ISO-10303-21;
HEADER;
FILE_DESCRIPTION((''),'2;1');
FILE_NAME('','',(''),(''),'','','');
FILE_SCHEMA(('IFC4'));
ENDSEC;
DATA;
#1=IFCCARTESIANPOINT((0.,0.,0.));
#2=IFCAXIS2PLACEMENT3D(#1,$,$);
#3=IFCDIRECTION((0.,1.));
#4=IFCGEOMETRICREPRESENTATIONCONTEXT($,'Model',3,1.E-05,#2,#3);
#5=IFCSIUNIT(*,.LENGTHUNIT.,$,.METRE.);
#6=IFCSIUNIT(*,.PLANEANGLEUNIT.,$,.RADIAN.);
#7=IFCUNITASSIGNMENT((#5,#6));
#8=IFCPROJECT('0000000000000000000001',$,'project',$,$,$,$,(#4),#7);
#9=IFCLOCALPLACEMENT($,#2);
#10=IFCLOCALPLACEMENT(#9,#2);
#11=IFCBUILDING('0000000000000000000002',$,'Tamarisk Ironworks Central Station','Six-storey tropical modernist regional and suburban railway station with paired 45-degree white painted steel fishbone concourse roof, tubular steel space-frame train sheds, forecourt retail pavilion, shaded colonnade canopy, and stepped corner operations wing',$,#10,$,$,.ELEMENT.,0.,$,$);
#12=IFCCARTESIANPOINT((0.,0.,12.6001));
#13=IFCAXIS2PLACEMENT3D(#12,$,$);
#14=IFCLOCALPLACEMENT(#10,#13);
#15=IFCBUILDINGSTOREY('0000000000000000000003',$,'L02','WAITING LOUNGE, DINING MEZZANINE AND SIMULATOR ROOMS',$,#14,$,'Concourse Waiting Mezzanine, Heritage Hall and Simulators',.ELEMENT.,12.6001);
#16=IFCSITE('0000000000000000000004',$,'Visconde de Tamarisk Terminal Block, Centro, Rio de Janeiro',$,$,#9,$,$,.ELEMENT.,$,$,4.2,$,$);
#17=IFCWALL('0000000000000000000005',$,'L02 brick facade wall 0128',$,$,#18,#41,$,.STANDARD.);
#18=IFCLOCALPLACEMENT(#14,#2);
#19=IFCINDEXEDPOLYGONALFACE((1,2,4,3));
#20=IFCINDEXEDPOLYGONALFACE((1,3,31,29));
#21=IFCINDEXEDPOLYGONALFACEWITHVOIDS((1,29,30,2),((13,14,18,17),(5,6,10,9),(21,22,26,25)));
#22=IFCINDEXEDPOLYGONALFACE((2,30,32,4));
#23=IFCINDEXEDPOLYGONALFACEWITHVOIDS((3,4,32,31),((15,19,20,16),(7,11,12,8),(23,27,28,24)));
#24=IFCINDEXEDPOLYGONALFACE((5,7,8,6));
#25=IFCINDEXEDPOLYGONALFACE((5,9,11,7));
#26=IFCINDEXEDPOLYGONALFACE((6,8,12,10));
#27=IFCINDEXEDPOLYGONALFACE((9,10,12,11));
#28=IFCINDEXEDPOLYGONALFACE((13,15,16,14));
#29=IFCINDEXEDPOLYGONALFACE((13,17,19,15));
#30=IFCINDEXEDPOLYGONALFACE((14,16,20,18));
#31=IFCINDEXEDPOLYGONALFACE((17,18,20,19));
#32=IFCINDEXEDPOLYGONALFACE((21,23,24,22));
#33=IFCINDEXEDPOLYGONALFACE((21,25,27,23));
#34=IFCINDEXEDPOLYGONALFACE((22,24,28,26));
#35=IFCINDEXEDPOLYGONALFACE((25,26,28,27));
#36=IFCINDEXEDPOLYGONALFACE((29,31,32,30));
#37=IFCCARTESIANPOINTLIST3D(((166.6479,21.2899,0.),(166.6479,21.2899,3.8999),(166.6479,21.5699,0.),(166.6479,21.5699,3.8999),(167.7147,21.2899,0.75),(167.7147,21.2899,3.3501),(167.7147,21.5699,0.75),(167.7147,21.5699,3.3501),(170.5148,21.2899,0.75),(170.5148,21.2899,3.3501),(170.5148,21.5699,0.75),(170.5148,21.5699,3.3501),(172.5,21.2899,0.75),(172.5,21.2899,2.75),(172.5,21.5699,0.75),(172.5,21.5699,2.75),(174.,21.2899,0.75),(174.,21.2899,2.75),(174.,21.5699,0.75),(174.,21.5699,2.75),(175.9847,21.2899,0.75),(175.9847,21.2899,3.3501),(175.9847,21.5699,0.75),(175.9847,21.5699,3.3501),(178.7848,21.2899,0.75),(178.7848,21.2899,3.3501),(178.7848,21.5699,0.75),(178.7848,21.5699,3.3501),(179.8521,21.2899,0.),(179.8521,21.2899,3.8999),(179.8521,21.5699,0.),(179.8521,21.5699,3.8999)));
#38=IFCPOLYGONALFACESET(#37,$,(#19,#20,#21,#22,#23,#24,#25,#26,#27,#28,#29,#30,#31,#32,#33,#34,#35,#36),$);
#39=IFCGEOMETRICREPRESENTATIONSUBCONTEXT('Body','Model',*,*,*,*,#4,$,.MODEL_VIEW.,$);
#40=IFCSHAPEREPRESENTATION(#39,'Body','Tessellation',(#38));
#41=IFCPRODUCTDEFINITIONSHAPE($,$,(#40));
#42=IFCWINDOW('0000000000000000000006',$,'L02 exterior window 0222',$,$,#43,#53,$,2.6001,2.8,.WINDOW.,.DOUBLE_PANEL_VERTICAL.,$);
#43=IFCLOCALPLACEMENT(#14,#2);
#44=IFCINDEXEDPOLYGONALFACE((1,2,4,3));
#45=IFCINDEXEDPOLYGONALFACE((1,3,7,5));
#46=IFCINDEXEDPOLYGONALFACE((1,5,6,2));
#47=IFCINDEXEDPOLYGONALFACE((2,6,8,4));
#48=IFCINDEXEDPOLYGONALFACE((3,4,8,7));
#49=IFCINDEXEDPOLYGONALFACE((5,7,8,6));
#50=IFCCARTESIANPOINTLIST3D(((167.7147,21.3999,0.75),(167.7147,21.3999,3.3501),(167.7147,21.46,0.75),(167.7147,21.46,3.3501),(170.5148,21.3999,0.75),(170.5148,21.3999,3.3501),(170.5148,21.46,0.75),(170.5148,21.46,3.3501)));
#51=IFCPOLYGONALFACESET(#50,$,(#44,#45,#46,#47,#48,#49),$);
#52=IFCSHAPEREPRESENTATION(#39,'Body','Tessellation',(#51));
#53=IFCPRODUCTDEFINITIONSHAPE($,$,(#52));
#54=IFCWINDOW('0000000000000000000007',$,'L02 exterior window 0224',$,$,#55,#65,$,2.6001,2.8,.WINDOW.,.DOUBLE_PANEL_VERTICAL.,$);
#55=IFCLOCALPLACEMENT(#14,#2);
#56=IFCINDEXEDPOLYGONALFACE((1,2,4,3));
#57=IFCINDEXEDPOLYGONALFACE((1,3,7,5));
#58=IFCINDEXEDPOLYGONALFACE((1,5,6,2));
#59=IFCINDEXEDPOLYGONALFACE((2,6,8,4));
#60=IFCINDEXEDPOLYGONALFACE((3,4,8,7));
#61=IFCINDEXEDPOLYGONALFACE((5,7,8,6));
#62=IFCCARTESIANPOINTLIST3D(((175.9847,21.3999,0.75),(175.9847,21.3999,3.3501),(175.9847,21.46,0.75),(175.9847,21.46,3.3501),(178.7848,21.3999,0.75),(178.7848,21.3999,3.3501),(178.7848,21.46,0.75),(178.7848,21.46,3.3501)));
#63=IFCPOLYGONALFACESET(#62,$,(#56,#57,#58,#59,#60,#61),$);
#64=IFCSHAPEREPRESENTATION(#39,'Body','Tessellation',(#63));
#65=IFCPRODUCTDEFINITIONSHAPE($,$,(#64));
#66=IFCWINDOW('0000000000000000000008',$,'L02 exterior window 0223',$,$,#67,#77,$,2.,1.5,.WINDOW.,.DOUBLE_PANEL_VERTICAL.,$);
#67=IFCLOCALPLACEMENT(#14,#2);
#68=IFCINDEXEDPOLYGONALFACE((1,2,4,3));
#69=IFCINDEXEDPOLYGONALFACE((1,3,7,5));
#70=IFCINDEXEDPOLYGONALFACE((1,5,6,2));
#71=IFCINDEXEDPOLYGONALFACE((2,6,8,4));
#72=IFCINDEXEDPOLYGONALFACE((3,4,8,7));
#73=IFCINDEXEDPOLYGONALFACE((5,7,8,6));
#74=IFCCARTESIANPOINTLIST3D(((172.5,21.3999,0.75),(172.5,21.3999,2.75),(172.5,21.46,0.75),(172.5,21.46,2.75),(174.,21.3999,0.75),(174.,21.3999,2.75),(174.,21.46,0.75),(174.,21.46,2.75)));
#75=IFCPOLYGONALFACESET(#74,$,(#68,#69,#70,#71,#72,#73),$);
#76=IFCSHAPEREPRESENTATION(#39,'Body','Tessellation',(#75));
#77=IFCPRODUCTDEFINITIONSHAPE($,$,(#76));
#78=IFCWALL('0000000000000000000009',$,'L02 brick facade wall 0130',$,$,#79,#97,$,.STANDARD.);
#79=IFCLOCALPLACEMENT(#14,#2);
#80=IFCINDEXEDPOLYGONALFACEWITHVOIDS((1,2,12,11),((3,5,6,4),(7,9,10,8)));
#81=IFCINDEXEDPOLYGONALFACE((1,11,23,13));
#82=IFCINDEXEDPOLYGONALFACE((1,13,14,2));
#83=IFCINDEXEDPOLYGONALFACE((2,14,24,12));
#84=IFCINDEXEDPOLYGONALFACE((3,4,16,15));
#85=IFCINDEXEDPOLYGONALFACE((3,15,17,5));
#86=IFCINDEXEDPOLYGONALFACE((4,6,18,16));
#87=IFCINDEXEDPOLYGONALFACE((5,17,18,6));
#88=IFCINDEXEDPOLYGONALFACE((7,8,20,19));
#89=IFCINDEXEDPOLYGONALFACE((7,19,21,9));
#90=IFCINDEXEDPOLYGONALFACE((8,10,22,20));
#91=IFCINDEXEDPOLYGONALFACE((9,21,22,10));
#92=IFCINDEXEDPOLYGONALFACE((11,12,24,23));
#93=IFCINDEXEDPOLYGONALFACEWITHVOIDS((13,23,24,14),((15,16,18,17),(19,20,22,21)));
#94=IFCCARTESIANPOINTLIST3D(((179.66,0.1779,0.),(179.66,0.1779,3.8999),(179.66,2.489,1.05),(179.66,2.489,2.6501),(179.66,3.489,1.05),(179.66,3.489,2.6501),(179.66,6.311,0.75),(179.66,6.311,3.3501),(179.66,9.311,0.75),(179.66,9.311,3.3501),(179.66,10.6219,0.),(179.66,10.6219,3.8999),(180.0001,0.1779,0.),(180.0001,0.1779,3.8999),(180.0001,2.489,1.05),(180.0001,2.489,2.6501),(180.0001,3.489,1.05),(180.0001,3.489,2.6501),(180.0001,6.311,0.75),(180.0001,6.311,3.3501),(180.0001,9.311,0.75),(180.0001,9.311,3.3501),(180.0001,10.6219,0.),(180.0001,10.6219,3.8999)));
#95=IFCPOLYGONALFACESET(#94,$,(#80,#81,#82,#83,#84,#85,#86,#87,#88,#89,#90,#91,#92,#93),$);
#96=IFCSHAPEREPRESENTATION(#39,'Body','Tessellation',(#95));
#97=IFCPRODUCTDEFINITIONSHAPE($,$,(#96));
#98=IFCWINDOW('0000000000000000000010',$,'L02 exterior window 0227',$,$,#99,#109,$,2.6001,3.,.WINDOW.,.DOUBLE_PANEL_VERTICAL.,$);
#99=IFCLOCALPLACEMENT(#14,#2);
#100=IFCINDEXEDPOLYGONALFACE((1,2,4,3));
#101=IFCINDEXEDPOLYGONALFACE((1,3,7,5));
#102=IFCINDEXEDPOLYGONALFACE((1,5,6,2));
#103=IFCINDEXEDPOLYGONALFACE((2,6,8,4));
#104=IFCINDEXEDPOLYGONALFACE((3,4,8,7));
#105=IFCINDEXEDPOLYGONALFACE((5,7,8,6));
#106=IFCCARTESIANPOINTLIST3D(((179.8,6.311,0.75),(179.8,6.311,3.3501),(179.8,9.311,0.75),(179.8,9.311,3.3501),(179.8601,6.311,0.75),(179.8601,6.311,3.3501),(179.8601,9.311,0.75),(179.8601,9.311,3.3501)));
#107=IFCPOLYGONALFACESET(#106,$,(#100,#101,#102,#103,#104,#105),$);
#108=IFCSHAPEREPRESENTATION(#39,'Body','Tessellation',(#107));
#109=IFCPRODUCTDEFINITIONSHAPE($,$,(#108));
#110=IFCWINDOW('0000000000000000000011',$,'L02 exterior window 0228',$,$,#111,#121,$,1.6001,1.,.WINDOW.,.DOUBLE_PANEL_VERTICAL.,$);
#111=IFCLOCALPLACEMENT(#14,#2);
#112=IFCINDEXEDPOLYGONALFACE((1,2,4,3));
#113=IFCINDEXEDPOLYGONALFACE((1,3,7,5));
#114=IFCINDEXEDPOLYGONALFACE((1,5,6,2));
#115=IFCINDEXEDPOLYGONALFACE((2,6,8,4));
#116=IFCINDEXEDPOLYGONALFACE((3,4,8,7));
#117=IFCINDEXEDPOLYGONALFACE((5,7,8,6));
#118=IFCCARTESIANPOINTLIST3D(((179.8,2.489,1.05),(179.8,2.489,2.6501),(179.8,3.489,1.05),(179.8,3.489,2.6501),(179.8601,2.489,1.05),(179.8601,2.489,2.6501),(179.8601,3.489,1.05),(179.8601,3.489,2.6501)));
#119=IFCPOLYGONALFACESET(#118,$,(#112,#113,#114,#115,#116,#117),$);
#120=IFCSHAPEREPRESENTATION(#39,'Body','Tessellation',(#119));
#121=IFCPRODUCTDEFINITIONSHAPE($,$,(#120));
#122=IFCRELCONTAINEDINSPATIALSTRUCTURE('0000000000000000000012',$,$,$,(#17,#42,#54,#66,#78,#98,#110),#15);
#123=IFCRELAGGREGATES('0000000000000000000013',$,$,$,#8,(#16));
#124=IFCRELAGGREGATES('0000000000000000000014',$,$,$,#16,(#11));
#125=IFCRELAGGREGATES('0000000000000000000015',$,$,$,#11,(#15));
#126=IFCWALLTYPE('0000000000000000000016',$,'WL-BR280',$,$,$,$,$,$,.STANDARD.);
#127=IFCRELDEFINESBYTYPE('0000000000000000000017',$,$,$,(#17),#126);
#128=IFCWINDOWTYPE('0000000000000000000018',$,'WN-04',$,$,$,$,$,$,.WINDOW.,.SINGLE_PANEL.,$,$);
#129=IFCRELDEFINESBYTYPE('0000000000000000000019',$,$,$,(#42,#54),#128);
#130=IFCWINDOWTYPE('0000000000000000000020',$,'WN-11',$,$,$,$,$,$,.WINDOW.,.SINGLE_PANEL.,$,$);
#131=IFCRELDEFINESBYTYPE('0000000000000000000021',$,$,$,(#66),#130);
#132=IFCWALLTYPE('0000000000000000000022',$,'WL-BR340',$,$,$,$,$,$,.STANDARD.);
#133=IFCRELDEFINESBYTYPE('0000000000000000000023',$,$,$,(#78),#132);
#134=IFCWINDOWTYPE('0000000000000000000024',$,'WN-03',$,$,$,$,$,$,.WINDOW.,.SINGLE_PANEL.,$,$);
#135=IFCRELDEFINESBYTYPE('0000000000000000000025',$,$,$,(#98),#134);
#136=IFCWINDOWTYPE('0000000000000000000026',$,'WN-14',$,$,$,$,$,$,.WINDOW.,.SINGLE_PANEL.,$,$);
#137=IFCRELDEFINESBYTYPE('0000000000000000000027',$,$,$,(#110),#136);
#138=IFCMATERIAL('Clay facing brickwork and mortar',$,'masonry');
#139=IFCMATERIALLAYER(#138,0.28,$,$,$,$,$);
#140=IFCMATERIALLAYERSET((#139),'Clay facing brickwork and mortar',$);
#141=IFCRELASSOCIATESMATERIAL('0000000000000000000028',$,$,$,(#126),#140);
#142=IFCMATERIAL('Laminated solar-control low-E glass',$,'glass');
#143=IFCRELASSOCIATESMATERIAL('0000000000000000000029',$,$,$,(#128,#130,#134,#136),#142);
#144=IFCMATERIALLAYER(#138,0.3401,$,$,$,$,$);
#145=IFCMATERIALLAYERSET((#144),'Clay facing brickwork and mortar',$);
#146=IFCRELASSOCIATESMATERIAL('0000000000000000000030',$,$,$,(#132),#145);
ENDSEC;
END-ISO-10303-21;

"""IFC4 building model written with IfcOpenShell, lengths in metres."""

from ifc_helpers import new_model, si_unit, direction, frame, frame_2d, origin, place, context, subcontext, project, spatial, rectangle, extrude, material, layer, layer_set, type_object, element, fill, save


model = new_model("IFC4")

# Units and contexts
model_context = context("Model", 3, precision=1e-05, world=origin(), true_north=direction((0.0, 1.0)))
body_context = subcontext(model_context, "Body", "Model", "MODEL_VIEW")
ifc_project = project(units=[si_unit("LENGTHUNIT", "METRE"), si_unit("PLANEANGLEUNIT", "RADIAN")], contexts=[model_context])

# Site, building, storey
site_placement = place(None, origin())
site = spatial("IfcSite", under=ifc_project, at=site_placement, Name="Visconde de Tamarisk Terminal Block, Centro, Rio de Janeiro", CompositionType="ELEMENT", RefElevation=4.2)
building_placement = place(site_placement, origin())
building = spatial("IfcBuilding", under=site, at=building_placement, Name="Tamarisk Ironworks Central Station", Description="Six-storey tropical modernist regional and suburban railway station with paired 45-degree white painted steel fishbone concourse roof, tubular steel space-frame train sheds, forecourt retail pavilion, shaded colonnade canopy, and stepped corner operations wing", CompositionType="ELEMENT", ElevationOfRefHeight=0.0)
storey_placement = place(building_placement, frame((0.0, 0.0, 12.6001)))
storey = spatial("IfcBuildingStorey", under=building, at=storey_placement, Name="L02", Description="WAITING LOUNGE, DINING MEZZANINE AND SIMULATOR ROOMS", LongName="Concourse Waiting Mezzanine, Heritage Hall and Simulators", CompositionType="ELEMENT", Elevation=12.6001)

# Walls, openings, windows
ifc_material_1 = material(Name="Clay facing brickwork and mortar", Category="masonry")
ifc_layer_1 = layer(ifc_material_1, 0.28)
ifc_layer_set_1 = layer_set([ifc_layer_1], Name="Clay facing brickwork and mortar")
wall_type_1 = type_object("IfcWallType", Name="WL-BR280", PredefinedType="STANDARD", material=ifc_layer_set_1)
wall_1_placement = place(storey_placement, frame((166.6479, 21.4299, 0.0), z_axis=(0.0, 0.0, 1.0), x_axis=(1.0, 0.0, 0.0)))
wall_1 = element("IfcWall", 1, at=wall_1_placement, inside=storey, type_object=wall_type_1, Name="L02 brick facade wall 0128", PredefinedType="STANDARD", context=body_context, shape_type="SweptSolid", body=[
    extrude(rectangle(XDim=13.2041, YDim=0.28, at=frame_2d((6.6021, 0.0))), origin(), (0.0, 0.0, 1.0), 3.8999),
])
opening_1_placement = place(wall_1_placement, frame((1.0669, 0.0, 0.75)))
opening_1 = element("IfcOpeningElement", 2, at=opening_1_placement, cuts=wall_1, PredefinedType="OPENING", context=body_context, shape_type="SweptSolid", body=[
    extrude(rectangle(XDim=2.8, YDim=2.6001, at=frame_2d((1.3999, 1.3))), frame((0.0, 0.1519, 0.0), z_axis=(0.0, -1.0, 0.0), x_axis=(1.0, 0.0, 0.0)), (0.0, 0.0, 1.0), 0.304),
])
opening_2_placement = place(wall_1_placement, frame((5.8521, 0.0, 0.75)))
opening_2 = element("IfcOpeningElement", 3, at=opening_2_placement, cuts=wall_1, PredefinedType="OPENING", context=body_context, shape_type="SweptSolid", body=[
    extrude(rectangle(XDim=1.5, YDim=2.0, at=frame_2d((0.75, 1.0))), frame((0.0, 0.1519, 0.0), z_axis=(0.0, -1.0, 0.0), x_axis=(1.0, 0.0, 0.0)), (0.0, 0.0, 1.0), 0.304),
])
opening_3_placement = place(wall_1_placement, frame((9.3369, 0.0, 0.75)))
opening_3 = element("IfcOpeningElement", 4, at=opening_3_placement, cuts=wall_1, PredefinedType="OPENING", context=body_context, shape_type="SweptSolid", body=[
    extrude(rectangle(XDim=2.8, YDim=2.6001, at=frame_2d((1.3999, 1.3))), frame((0.0, 0.1519, 0.0), z_axis=(0.0, -1.0, 0.0), x_axis=(1.0, 0.0, 0.0)), (0.0, 0.0, 1.0), 0.304),
])
ifc_material_2 = material(Name="Laminated solar-control low-E glass", Category="glass")
window_type_1 = type_object("IfcWindowType", Name="WN-04", PartitioningType="SINGLE_PANEL", PredefinedType="WINDOW", material=ifc_material_2)
window_1_placement = place(opening_1_placement, origin())
window_1 = element("IfcWindow", 5, at=window_1_placement, inside=storey, type_object=window_type_1, Name="L02 exterior window 0222", OverallHeight=2.6001, OverallWidth=2.8, PartitioningType="DOUBLE_PANEL_VERTICAL", PredefinedType="WINDOW", context=body_context, shape_type="SweptSolid", body=[
    extrude(rectangle(XDim=2.8, YDim=2.6001, at=frame_2d((1.3999, 1.3))), frame((0.0, 0.03, 0.0), z_axis=(0.0, -1.0, 0.0), x_axis=(1.0, 0.0, 0.0)), (0.0, 0.0, 1.0), 0.0601),
])
fill(opening_1, window_1)
window_2_placement = place(opening_3_placement, origin())
window_2 = element("IfcWindow", 6, at=window_2_placement, inside=storey, type_object=window_type_1, Name="L02 exterior window 0224", OverallHeight=2.6001, OverallWidth=2.8, PartitioningType="DOUBLE_PANEL_VERTICAL", PredefinedType="WINDOW", context=body_context, shape_type="SweptSolid", body=[
    extrude(rectangle(XDim=2.8, YDim=2.6001, at=frame_2d((1.3999, 1.3))), frame((0.0, 0.03, 0.0), z_axis=(0.0, -1.0, 0.0), x_axis=(1.0, 0.0, 0.0)), (0.0, 0.0, 1.0), 0.0601),
])
fill(opening_3, window_2)
window_type_2 = type_object("IfcWindowType", Name="WN-11", PartitioningType="SINGLE_PANEL", PredefinedType="WINDOW", material=ifc_material_2)
window_3_placement = place(opening_2_placement, origin())
window_3 = element("IfcWindow", 7, at=window_3_placement, inside=storey, type_object=window_type_2, Name="L02 exterior window 0223", OverallHeight=2.0, OverallWidth=1.5, PartitioningType="DOUBLE_PANEL_VERTICAL", PredefinedType="WINDOW", context=body_context, shape_type="SweptSolid", body=[
    extrude(rectangle(XDim=1.5, YDim=2.0, at=frame_2d((0.75, 1.0))), frame((0.0, 0.03, 0.0), z_axis=(0.0, -1.0, 0.0), x_axis=(1.0, 0.0, 0.0)), (0.0, 0.0, 1.0), 0.0601),
])
fill(opening_2, window_3)
ifc_layer_2 = layer(ifc_material_1, 0.3401)
ifc_layer_set_2 = layer_set([ifc_layer_2], Name="Clay facing brickwork and mortar")
wall_type_2 = type_object("IfcWallType", Name="WL-BR340", PredefinedType="STANDARD", material=ifc_layer_set_2)
wall_2_placement = place(storey_placement, frame((179.8301, 10.6221, 0.0), z_axis=(0.0, 0.0, 1.0), x_axis=(0.0, -1.0, 0.0)))
wall_2 = element("IfcWall", 8, at=wall_2_placement, inside=storey, type_object=wall_type_2, Name="L02 brick facade wall 0130", PredefinedType="STANDARD", context=body_context, shape_type="SweptSolid", body=[
    extrude(rectangle(XDim=10.4441, YDim=0.3401, at=frame_2d((5.2222, 0.0))), origin(), (0.0, 0.0, 1.0), 3.8999),
])
opening_4_placement = place(wall_2_placement, frame((1.311, 0.0, 0.75)))
opening_4 = element("IfcOpeningElement", 9, at=opening_4_placement, cuts=wall_2, PredefinedType="OPENING", context=body_context, shape_type="SweptSolid", body=[
    extrude(rectangle(XDim=3.0, YDim=2.6001, at=frame_2d((1.5, 1.3))), frame((0.0, 0.1821, 0.0), z_axis=(0.0, -1.0, 0.0), x_axis=(1.0, 0.0, 0.0)), (0.0, 0.0, 1.0), 0.364),
])
opening_5_placement = place(wall_2_placement, frame((7.1331, 0.0, 1.05)))
opening_5 = element("IfcOpeningElement", 10, at=opening_5_placement, cuts=wall_2, PredefinedType="OPENING", context=body_context, shape_type="SweptSolid", body=[
    extrude(rectangle(XDim=1.0, YDim=1.6001, at=frame_2d((0.5, 0.8))), frame((0.0, 0.1821, 0.0), z_axis=(0.0, -1.0, 0.0), x_axis=(1.0, 0.0, 0.0)), (0.0, 0.0, 1.0), 0.364),
])
window_type_3 = type_object("IfcWindowType", Name="WN-03", PartitioningType="SINGLE_PANEL", PredefinedType="WINDOW", material=ifc_material_2)
window_4_placement = place(opening_4_placement, origin())
window_4 = element("IfcWindow", 11, at=window_4_placement, inside=storey, type_object=window_type_3, Name="L02 exterior window 0227", OverallHeight=2.6001, OverallWidth=3.0, PartitioningType="DOUBLE_PANEL_VERTICAL", PredefinedType="WINDOW", context=body_context, shape_type="SweptSolid", body=[
    extrude(rectangle(XDim=3.0, YDim=2.6001, at=frame_2d((1.5, 1.3))), frame((0.0, 0.03, 0.0), z_axis=(0.0, -1.0, 0.0), x_axis=(1.0, 0.0, 0.0)), (0.0, 0.0, 1.0), 0.0601),
])
fill(opening_4, window_4)
window_type_4 = type_object("IfcWindowType", Name="WN-14", PartitioningType="SINGLE_PANEL", PredefinedType="WINDOW", material=ifc_material_2)
window_5_placement = place(opening_5_placement, origin())
window_5 = element("IfcWindow", 12, at=window_5_placement, inside=storey, type_object=window_type_4, Name="L02 exterior window 0228", OverallHeight=1.6001, OverallWidth=1.0, PartitioningType="DOUBLE_PANEL_VERTICAL", PredefinedType="WINDOW", context=body_context, shape_type="SweptSolid", body=[
    extrude(rectangle(XDim=1.0, YDim=1.6001, at=frame_2d((0.5, 0.8))), frame((0.0, 0.03, 0.0), z_axis=(0.0, -1.0, 0.0), x_axis=(1.0, 0.0, 0.0)), (0.0, 0.0, 1.0), 0.0601),
])
fill(opening_5, window_5)

save(model, "model.ifc")
